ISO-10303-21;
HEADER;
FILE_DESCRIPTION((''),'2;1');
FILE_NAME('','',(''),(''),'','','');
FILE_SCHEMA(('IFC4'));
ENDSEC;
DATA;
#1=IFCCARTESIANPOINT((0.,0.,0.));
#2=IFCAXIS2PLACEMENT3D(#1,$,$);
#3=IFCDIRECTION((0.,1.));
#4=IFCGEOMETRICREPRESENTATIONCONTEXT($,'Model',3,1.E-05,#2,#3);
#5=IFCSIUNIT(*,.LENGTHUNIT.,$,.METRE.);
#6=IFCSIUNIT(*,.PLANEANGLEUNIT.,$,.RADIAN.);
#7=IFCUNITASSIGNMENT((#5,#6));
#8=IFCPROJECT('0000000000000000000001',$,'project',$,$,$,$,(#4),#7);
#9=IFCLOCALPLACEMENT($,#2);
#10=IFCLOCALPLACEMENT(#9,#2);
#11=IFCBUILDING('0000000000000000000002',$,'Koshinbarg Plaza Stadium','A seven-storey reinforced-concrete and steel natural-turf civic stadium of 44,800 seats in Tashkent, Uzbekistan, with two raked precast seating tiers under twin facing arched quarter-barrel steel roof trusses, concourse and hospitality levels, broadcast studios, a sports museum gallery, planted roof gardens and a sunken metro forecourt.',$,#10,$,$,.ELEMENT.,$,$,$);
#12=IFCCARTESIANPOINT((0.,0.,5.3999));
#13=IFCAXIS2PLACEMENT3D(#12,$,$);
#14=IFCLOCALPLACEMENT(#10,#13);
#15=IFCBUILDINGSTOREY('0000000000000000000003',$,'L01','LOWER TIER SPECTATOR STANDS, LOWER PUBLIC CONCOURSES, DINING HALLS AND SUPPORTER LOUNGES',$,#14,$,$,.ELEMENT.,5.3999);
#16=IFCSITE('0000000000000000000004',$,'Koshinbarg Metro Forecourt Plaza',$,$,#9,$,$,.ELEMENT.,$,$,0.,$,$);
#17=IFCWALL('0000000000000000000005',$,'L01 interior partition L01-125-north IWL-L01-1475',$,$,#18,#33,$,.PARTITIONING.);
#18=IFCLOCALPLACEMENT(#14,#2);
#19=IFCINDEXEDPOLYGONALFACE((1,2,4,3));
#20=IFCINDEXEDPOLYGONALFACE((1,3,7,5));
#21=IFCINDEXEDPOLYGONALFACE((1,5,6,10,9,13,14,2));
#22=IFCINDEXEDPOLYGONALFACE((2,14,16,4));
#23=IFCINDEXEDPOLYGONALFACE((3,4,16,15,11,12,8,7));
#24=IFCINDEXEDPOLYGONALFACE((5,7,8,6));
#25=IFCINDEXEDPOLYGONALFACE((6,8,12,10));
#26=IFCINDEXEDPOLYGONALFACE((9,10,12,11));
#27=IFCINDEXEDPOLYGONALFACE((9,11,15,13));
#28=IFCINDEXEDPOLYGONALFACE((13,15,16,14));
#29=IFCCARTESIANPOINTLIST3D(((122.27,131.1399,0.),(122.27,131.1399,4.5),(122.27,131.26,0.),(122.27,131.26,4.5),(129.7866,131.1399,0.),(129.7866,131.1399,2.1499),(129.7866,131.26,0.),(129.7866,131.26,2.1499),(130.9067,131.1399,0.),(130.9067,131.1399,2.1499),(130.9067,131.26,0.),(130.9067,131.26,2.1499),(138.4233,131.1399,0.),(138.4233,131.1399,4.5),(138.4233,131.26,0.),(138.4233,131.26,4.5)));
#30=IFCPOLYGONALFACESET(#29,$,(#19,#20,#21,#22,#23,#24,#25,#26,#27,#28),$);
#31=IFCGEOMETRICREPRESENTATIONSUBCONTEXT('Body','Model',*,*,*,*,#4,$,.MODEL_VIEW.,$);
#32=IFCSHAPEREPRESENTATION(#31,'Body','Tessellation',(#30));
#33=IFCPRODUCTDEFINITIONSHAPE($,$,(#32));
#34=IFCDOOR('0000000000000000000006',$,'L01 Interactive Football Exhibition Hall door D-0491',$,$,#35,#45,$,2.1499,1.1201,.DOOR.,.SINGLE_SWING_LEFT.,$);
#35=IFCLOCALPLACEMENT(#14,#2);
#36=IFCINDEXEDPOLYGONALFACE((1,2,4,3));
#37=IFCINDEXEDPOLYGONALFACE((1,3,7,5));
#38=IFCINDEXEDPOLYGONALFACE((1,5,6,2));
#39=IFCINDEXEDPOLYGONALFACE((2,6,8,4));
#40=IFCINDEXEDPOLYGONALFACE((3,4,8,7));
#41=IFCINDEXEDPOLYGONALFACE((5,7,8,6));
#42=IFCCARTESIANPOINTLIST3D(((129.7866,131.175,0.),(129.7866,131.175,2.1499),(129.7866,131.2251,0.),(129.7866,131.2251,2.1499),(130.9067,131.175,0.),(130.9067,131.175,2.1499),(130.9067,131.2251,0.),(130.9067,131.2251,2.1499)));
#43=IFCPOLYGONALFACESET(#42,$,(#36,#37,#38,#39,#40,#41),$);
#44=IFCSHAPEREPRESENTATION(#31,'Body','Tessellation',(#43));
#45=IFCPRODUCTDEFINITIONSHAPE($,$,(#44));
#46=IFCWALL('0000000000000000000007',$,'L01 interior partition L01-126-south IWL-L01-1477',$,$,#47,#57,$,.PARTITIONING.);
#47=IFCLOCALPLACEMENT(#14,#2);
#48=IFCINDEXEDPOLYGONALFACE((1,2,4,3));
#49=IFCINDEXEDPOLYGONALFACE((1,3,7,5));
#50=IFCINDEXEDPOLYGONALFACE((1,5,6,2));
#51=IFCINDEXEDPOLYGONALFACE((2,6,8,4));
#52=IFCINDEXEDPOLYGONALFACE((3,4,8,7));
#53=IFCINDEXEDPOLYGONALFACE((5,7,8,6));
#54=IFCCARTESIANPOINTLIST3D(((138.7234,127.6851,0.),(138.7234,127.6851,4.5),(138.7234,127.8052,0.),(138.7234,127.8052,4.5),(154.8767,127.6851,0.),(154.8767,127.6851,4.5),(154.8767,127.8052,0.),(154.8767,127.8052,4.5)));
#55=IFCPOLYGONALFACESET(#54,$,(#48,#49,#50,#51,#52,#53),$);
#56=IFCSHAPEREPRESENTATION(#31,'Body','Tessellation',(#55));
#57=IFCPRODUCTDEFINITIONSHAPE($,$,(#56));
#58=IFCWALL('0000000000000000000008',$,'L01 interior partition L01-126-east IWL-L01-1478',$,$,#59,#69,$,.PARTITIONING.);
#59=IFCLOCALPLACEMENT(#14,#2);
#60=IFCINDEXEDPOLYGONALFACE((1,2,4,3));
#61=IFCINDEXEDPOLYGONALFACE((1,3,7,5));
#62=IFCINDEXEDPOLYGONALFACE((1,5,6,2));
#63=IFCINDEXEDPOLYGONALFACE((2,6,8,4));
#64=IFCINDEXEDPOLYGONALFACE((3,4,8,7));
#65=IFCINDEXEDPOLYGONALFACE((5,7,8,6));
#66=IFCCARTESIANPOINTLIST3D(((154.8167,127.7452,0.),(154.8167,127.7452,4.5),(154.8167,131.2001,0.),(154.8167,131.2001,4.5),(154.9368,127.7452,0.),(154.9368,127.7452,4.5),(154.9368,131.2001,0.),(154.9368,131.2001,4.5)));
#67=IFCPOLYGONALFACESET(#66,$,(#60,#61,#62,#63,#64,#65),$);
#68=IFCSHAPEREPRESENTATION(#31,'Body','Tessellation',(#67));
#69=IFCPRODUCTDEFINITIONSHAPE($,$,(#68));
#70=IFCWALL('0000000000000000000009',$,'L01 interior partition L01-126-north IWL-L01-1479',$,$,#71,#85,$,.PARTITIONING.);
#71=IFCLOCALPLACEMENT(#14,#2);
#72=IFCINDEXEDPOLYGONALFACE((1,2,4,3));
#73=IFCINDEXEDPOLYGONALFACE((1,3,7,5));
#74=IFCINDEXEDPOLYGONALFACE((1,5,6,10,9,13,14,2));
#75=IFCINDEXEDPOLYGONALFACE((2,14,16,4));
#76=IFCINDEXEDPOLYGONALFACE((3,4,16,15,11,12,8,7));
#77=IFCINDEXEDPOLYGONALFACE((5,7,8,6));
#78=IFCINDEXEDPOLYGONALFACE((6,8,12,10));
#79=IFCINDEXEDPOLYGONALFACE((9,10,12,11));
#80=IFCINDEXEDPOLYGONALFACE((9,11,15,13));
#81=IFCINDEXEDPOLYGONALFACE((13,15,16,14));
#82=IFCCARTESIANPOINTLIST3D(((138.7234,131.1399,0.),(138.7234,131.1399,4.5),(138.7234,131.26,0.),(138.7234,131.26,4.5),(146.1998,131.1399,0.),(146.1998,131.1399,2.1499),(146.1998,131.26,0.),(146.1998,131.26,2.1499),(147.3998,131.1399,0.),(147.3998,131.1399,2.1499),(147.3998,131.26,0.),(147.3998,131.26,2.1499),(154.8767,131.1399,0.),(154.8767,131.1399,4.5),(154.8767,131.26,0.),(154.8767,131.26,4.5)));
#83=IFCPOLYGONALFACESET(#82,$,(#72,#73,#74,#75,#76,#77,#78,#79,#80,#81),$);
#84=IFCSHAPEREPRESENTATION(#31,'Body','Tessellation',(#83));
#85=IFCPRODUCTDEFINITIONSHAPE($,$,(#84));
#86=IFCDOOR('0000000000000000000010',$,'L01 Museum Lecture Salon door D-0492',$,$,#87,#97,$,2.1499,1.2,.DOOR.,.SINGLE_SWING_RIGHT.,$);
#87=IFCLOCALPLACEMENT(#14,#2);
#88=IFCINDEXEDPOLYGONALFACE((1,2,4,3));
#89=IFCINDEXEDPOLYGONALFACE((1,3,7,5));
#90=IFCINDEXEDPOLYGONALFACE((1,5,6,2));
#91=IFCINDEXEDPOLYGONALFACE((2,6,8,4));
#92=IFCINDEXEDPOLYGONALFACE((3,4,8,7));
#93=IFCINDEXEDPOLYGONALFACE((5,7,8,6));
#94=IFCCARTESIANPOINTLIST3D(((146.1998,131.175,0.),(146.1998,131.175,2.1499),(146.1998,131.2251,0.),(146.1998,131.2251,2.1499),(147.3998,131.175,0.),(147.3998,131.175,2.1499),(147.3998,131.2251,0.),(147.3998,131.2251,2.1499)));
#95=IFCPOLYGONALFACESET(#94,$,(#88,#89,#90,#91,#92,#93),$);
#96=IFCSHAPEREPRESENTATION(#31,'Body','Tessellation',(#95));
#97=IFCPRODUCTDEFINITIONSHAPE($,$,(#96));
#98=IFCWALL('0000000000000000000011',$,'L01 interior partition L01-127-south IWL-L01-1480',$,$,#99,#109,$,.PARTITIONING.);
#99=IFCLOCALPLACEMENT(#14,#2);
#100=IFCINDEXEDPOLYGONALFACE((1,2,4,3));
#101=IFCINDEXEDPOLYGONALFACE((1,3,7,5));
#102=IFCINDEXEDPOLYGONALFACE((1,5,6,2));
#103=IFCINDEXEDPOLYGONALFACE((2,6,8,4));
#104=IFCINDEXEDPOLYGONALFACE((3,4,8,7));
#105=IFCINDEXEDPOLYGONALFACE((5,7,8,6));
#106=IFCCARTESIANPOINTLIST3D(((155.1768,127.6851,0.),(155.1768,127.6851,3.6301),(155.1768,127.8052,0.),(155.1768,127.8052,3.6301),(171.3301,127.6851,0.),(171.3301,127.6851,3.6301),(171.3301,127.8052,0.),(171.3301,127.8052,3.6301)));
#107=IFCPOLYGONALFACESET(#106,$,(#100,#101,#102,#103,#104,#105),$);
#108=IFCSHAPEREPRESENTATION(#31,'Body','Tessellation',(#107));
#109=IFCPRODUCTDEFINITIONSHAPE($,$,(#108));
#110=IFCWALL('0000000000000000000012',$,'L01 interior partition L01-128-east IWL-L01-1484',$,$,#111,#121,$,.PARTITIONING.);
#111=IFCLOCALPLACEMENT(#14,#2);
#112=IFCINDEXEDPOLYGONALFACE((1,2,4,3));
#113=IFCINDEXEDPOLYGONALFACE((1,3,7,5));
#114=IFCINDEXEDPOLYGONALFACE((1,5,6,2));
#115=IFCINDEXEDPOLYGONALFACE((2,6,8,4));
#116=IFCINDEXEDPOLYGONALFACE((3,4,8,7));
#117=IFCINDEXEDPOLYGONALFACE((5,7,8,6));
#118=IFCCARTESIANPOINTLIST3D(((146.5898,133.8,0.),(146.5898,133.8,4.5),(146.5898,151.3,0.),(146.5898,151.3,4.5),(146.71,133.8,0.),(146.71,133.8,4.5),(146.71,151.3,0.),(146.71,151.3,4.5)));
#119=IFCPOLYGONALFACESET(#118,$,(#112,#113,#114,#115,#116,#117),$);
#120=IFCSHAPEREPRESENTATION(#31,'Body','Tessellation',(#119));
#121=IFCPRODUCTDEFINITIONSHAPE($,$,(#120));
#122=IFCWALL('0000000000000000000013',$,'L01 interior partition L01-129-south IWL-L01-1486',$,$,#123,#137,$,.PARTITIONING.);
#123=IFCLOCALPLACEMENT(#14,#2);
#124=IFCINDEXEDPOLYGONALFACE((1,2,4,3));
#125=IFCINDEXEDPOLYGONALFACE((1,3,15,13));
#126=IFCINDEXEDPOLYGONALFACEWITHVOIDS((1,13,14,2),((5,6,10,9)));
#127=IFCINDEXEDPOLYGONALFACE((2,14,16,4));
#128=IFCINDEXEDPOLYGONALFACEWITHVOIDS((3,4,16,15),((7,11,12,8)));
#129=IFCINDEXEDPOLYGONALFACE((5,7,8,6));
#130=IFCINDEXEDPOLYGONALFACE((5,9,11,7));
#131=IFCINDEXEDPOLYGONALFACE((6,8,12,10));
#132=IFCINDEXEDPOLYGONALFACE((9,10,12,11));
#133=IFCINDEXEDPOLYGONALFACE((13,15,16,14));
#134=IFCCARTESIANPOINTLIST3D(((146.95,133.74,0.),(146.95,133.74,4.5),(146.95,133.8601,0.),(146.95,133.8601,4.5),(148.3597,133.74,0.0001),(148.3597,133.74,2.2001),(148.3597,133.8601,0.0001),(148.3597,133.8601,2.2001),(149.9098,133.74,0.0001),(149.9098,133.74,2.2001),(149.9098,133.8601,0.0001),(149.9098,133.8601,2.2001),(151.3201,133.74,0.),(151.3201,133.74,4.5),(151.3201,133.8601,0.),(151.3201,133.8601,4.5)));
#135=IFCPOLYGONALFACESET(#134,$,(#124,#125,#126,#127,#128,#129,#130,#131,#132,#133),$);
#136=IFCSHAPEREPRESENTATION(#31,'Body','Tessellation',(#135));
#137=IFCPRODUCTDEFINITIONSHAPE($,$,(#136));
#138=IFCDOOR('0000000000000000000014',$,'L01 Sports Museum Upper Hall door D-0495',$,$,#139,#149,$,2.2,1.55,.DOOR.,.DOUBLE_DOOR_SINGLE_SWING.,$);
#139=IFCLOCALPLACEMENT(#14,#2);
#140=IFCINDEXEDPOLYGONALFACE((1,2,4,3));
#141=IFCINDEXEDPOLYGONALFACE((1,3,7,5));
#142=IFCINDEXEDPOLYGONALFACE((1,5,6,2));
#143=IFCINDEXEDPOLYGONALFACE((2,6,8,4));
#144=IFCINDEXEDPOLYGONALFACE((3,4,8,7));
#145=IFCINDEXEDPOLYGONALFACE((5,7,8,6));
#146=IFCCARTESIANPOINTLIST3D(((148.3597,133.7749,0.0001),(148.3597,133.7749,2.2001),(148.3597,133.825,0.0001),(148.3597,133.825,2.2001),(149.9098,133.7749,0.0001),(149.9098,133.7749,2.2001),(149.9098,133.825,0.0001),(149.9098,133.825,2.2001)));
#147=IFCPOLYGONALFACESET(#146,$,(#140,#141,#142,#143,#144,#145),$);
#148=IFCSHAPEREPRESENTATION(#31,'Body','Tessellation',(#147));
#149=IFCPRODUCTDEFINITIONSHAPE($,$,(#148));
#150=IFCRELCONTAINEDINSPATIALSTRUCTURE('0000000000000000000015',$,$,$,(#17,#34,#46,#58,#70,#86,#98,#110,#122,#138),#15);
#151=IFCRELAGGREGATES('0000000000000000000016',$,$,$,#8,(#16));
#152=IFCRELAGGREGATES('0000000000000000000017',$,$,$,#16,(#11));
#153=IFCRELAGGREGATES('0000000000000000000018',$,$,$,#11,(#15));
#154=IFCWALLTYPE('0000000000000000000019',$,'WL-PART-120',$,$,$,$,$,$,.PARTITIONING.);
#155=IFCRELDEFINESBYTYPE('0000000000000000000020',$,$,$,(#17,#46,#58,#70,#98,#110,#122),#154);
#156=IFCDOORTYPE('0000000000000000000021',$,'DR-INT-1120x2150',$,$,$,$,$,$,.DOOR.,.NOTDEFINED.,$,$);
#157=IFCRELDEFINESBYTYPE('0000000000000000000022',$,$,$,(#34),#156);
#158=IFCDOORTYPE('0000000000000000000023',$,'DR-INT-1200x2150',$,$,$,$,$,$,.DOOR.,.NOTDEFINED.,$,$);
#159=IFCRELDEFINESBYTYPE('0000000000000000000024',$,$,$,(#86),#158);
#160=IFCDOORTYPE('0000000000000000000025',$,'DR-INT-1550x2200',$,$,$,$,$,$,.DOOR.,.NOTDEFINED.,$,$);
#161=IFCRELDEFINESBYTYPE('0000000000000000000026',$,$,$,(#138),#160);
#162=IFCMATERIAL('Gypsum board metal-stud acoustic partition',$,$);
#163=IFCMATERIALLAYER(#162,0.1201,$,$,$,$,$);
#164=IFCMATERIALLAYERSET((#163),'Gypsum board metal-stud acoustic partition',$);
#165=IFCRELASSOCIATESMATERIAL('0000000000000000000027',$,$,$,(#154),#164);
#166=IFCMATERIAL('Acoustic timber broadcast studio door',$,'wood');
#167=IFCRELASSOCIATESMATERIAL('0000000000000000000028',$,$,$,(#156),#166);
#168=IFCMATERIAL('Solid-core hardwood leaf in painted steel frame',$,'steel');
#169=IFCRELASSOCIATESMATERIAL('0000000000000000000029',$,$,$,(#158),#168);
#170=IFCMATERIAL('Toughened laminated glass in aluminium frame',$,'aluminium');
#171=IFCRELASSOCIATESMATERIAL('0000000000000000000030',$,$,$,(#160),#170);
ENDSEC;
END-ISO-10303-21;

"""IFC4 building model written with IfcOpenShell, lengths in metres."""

from ifc_helpers import new_model, si_unit, direction, frame, frame_2d, origin, place, context, subcontext, project, spatial, rectangle, extrude, material, layer, layer_set, type_object, element, fill, save


model = new_model("IFC4")

# Units and contexts
model_context = context("Model", 3, precision=1e-05, world=origin(), true_north=direction((0.0, 1.0)))
body_context = subcontext(model_context, "Body", "Model", "MODEL_VIEW")
ifc_project = project(units=[si_unit("LENGTHUNIT", "METRE"), si_unit("PLANEANGLEUNIT", "RADIAN")], contexts=[model_context])

# Site, building, storey
site_placement = place(None, origin())
site = spatial("IfcSite", under=ifc_project, at=site_placement, Name="Koshinbarg Metro Forecourt Plaza", CompositionType="ELEMENT", RefElevation=0.0)
building_placement = place(site_placement, origin())
building = spatial("IfcBuilding", under=site, at=building_placement, Name="Koshinbarg Plaza Stadium", Description="A seven-storey reinforced-concrete and steel natural-turf civic stadium of 44,800 seats in Tashkent, Uzbekistan, with two raked precast seating tiers under twin facing arched quarter-barrel steel roof trusses, concourse and hospitality levels, broadcast studios, a sports museum gallery, planted roof gardens and a sunken metro forecourt.", CompositionType="ELEMENT")
storey_placement = place(building_placement, frame((0.0, 0.0, 5.3999)))
storey = spatial("IfcBuildingStorey", under=building, at=storey_placement, Name="L01", Description="LOWER TIER SPECTATOR STANDS, LOWER PUBLIC CONCOURSES, DINING HALLS AND SUPPORTER LOUNGES", CompositionType="ELEMENT", Elevation=5.3999)

# Shared definitions
ifc_material_1 = material(Name="Gypsum board metal-stud acoustic partition")
ifc_layer = layer(ifc_material_1, 0.1201)
ifc_layer_set = layer_set([ifc_layer], Name="Gypsum board metal-stud acoustic partition")
wall_type = type_object("IfcWallType", Name="WL-PART-120", PredefinedType="PARTITIONING", material=ifc_layer_set)

# Wall, opening, door
wall_1_placement = place(storey_placement, frame((138.4233, 131.2, 0.0), z_axis=(0.0, 0.0, 1.0), x_axis=(-1.0, 0.0, 0.0)))
wall_1 = element("IfcWall", 1, at=wall_1_placement, inside=storey, type_object=wall_type, Name="L01 interior partition L01-125-north IWL-L01-1475", PredefinedType="PARTITIONING", context=body_context, shape_type="SweptSolid", body=[
    extrude(rectangle(XDim=16.1533, YDim=0.1201, at=frame_2d((8.0767, 0.0))), origin(), (0.0, 0.0, 1.0), 4.5),
])
opening_1_placement = place(wall_1_placement, frame((7.5166, 0.0, 0.0)))
opening_1 = element("IfcOpeningElement", 2, at=opening_1_placement, cuts=wall_1, PredefinedType="OPENING", context=body_context, shape_type="SweptSolid", body=[
    extrude(rectangle(XDim=1.1201, YDim=2.1499, at=frame_2d((0.5601, 1.075))), frame((0.0, 0.0701, 0.0), z_axis=(0.0, -1.0, 0.0), x_axis=(1.0, 0.0, 0.0)), (0.0, 0.0, 1.0), 0.1401),
])
ifc_material_2 = material(Name="Acoustic timber broadcast studio door", Category="wood")
door_type_1 = type_object("IfcDoorType", Name="DR-INT-1120x2150", OperationType="NOTDEFINED", PredefinedType="DOOR", material=ifc_material_2)
door_1_placement = place(opening_1_placement, origin())
door_1 = element("IfcDoor", 3, at=door_1_placement, inside=storey, type_object=door_type_1, Name="L01 Interactive Football Exhibition Hall door D-0491", OperationType="SINGLE_SWING_LEFT", OverallHeight=2.1499, OverallWidth=1.1201, PredefinedType="DOOR", context=body_context, shape_type="SweptSolid", body=[
    extrude(rectangle(XDim=1.1201, YDim=2.1499, at=frame_2d((0.5601, 1.075))), frame((0.0, 0.0249, 0.0), z_axis=(0.0, -1.0, 0.0), x_axis=(1.0, 0.0, 0.0)), (0.0, 0.0, 1.0), 0.05),
])
fill(opening_1, door_1)

# Walls
wall_2_placement = place(storey_placement, frame((138.7234, 127.7451, 0.0), z_axis=(0.0, 0.0, 1.0), x_axis=(1.0, 0.0, 0.0)))
element("IfcWall", 4, at=wall_2_placement, inside=storey, type_object=wall_type, Name="L01 interior partition L01-126-south IWL-L01-1477", PredefinedType="PARTITIONING", context=body_context, shape_type="SweptSolid", body=[
    extrude(rectangle(XDim=16.1533, YDim=0.1201, at=frame_2d((8.0767, 0.0))), origin(), (0.0, 0.0, 1.0), 4.5),
])
wall_3_placement = place(storey_placement, frame((154.8767, 127.7451, 0.0), z_axis=(0.0, 0.0, 1.0), x_axis=(0.0, 1.0, 0.0)))
element("IfcWall", 5, at=wall_3_placement, inside=storey, type_object=wall_type, Name="L01 interior partition L01-126-east IWL-L01-1478", PredefinedType="PARTITIONING", context=body_context, shape_type="SweptSolid", body=[
    extrude(rectangle(XDim=3.4548, YDim=0.1201, at=frame_2d((1.7275, 0.0))), origin(), (0.0, 0.0, 1.0), 4.5),
])

# Wall, opening, door
wall_4_placement = place(storey_placement, frame((154.8767, 131.2, 0.0), z_axis=(0.0, 0.0, 1.0), x_axis=(-1.0, 0.0, 0.0)))
wall_4 = element("IfcWall", 6, at=wall_4_placement, inside=storey, type_object=wall_type, Name="L01 interior partition L01-126-north IWL-L01-1479", PredefinedType="PARTITIONING", context=body_context, shape_type="SweptSolid", body=[
    extrude(rectangle(XDim=16.1533, YDim=0.1201, at=frame_2d((8.0767, 0.0))), origin(), (0.0, 0.0, 1.0), 4.5),
])
opening_2_placement = place(wall_4_placement, frame((7.4768, 0.0, 0.0)))
opening_2 = element("IfcOpeningElement", 7, at=opening_2_placement, cuts=wall_4, PredefinedType="OPENING", context=body_context, shape_type="SweptSolid", body=[
    extrude(rectangle(XDim=1.2, YDim=2.1499, at=frame_2d((0.6001, 1.075))), frame((0.0, 0.0701, 0.0), z_axis=(0.0, -1.0, 0.0), x_axis=(1.0, 0.0, 0.0)), (0.0, 0.0, 1.0), 0.1401),
])
ifc_material_3 = material(Name="Solid-core hardwood leaf in painted steel frame", Category="steel")
door_type_2 = type_object("IfcDoorType", Name="DR-INT-1200x2150", OperationType="NOTDEFINED", PredefinedType="DOOR", material=ifc_material_3)
door_2_placement = place(opening_2_placement, origin())
door_2 = element("IfcDoor", 8, at=door_2_placement, inside=storey, type_object=door_type_2, Name="L01 Museum Lecture Salon door D-0492", OperationType="SINGLE_SWING_RIGHT", OverallHeight=2.1499, OverallWidth=1.2, PredefinedType="DOOR", context=body_context, shape_type="SweptSolid", body=[
    extrude(rectangle(XDim=1.2, YDim=2.1499, at=frame_2d((0.6001, 1.075))), frame((0.0, 0.0249, 0.0), z_axis=(0.0, -1.0, 0.0), x_axis=(1.0, 0.0, 0.0)), (0.0, 0.0, 1.0), 0.05),
])
fill(opening_2, door_2)

# Walls
wall_5_placement = place(storey_placement, frame((155.1768, 127.7451, 0.0), z_axis=(0.0, 0.0, 1.0), x_axis=(1.0, 0.0, 0.0)))
element("IfcWall", 9, at=wall_5_placement, inside=storey, type_object=wall_type, Name="L01 interior partition L01-127-south IWL-L01-1480", PredefinedType="PARTITIONING", context=body_context, shape_type="SweptSolid", body=[
    extrude(rectangle(XDim=16.1533, YDim=0.1201, at=frame_2d((8.0767, 0.0))), origin(), (0.0, 0.0, 1.0), 3.6301),
])
wall_6_placement = place(storey_placement, frame((146.6499, 133.8, 0.0), z_axis=(0.0, 0.0, 1.0), x_axis=(0.0, 1.0, 0.0)))
element("IfcWall", 10, at=wall_6_placement, inside=storey, type_object=wall_type, Name="L01 interior partition L01-128-east IWL-L01-1484", PredefinedType="PARTITIONING", context=body_context, shape_type="SweptSolid", body=[
    extrude(rectangle(XDim=17.5, YDim=0.1201, at=frame_2d((8.75, 0.0))), origin(), (0.0, 0.0, 1.0), 4.5),
])

# Wall, opening, door
wall_7_placement = place(storey_placement, frame((146.95, 133.8, 0.0), z_axis=(0.0, 0.0, 1.0), x_axis=(1.0, 0.0, 0.0)))
wall_7 = element("IfcWall", 11, at=wall_7_placement, inside=storey, type_object=wall_type, Name="L01 interior partition L01-129-south IWL-L01-1486", PredefinedType="PARTITIONING", context=body_context, shape_type="SweptSolid", body=[
    extrude(rectangle(XDim=4.3701, YDim=0.1201, at=frame_2d((2.1851, 0.0))), origin(), (0.0, 0.0, 1.0), 4.5),
])
opening_3_placement = place(wall_7_placement, frame((1.4099, 0.0, 0.0)))
opening_3 = element("IfcOpeningElement", 12, at=opening_3_placement, cuts=wall_7, PredefinedType="OPENING", context=body_context, shape_type="SweptSolid", body=[
    extrude(rectangle(XDim=1.55, YDim=2.2, at=frame_2d((0.7749, 1.1001))), frame((0.0, 0.0701, 0.0), z_axis=(0.0, -1.0, 0.0), x_axis=(1.0, 0.0, 0.0)), (0.0, 0.0, 1.0), 0.1401),
])
ifc_material_4 = material(Name="Toughened laminated glass in aluminium frame", Category="aluminium")
door_type_3 = type_object("IfcDoorType", Name="DR-INT-1550x2200", OperationType="NOTDEFINED", PredefinedType="DOOR", material=ifc_material_4)
door_3_placement = place(opening_3_placement, origin())
door_3 = element("IfcDoor", 13, at=door_3_placement, inside=storey, type_object=door_type_3, Name="L01 Sports Museum Upper Hall door D-0495", OperationType="DOUBLE_DOOR_SINGLE_SWING", OverallHeight=2.2, OverallWidth=1.55, PredefinedType="DOOR", context=body_context, shape_type="SweptSolid", body=[
    extrude(rectangle(XDim=1.55, YDim=2.2, at=frame_2d((0.7749, 1.1001))), frame((0.0, 0.0249, 0.0), z_axis=(0.0, -1.0, 0.0), x_axis=(1.0, 0.0, 0.0)), (0.0, 0.0, 1.0), 0.05),
])
fill(opening_3, door_3)

save(model, "model.ifc")
